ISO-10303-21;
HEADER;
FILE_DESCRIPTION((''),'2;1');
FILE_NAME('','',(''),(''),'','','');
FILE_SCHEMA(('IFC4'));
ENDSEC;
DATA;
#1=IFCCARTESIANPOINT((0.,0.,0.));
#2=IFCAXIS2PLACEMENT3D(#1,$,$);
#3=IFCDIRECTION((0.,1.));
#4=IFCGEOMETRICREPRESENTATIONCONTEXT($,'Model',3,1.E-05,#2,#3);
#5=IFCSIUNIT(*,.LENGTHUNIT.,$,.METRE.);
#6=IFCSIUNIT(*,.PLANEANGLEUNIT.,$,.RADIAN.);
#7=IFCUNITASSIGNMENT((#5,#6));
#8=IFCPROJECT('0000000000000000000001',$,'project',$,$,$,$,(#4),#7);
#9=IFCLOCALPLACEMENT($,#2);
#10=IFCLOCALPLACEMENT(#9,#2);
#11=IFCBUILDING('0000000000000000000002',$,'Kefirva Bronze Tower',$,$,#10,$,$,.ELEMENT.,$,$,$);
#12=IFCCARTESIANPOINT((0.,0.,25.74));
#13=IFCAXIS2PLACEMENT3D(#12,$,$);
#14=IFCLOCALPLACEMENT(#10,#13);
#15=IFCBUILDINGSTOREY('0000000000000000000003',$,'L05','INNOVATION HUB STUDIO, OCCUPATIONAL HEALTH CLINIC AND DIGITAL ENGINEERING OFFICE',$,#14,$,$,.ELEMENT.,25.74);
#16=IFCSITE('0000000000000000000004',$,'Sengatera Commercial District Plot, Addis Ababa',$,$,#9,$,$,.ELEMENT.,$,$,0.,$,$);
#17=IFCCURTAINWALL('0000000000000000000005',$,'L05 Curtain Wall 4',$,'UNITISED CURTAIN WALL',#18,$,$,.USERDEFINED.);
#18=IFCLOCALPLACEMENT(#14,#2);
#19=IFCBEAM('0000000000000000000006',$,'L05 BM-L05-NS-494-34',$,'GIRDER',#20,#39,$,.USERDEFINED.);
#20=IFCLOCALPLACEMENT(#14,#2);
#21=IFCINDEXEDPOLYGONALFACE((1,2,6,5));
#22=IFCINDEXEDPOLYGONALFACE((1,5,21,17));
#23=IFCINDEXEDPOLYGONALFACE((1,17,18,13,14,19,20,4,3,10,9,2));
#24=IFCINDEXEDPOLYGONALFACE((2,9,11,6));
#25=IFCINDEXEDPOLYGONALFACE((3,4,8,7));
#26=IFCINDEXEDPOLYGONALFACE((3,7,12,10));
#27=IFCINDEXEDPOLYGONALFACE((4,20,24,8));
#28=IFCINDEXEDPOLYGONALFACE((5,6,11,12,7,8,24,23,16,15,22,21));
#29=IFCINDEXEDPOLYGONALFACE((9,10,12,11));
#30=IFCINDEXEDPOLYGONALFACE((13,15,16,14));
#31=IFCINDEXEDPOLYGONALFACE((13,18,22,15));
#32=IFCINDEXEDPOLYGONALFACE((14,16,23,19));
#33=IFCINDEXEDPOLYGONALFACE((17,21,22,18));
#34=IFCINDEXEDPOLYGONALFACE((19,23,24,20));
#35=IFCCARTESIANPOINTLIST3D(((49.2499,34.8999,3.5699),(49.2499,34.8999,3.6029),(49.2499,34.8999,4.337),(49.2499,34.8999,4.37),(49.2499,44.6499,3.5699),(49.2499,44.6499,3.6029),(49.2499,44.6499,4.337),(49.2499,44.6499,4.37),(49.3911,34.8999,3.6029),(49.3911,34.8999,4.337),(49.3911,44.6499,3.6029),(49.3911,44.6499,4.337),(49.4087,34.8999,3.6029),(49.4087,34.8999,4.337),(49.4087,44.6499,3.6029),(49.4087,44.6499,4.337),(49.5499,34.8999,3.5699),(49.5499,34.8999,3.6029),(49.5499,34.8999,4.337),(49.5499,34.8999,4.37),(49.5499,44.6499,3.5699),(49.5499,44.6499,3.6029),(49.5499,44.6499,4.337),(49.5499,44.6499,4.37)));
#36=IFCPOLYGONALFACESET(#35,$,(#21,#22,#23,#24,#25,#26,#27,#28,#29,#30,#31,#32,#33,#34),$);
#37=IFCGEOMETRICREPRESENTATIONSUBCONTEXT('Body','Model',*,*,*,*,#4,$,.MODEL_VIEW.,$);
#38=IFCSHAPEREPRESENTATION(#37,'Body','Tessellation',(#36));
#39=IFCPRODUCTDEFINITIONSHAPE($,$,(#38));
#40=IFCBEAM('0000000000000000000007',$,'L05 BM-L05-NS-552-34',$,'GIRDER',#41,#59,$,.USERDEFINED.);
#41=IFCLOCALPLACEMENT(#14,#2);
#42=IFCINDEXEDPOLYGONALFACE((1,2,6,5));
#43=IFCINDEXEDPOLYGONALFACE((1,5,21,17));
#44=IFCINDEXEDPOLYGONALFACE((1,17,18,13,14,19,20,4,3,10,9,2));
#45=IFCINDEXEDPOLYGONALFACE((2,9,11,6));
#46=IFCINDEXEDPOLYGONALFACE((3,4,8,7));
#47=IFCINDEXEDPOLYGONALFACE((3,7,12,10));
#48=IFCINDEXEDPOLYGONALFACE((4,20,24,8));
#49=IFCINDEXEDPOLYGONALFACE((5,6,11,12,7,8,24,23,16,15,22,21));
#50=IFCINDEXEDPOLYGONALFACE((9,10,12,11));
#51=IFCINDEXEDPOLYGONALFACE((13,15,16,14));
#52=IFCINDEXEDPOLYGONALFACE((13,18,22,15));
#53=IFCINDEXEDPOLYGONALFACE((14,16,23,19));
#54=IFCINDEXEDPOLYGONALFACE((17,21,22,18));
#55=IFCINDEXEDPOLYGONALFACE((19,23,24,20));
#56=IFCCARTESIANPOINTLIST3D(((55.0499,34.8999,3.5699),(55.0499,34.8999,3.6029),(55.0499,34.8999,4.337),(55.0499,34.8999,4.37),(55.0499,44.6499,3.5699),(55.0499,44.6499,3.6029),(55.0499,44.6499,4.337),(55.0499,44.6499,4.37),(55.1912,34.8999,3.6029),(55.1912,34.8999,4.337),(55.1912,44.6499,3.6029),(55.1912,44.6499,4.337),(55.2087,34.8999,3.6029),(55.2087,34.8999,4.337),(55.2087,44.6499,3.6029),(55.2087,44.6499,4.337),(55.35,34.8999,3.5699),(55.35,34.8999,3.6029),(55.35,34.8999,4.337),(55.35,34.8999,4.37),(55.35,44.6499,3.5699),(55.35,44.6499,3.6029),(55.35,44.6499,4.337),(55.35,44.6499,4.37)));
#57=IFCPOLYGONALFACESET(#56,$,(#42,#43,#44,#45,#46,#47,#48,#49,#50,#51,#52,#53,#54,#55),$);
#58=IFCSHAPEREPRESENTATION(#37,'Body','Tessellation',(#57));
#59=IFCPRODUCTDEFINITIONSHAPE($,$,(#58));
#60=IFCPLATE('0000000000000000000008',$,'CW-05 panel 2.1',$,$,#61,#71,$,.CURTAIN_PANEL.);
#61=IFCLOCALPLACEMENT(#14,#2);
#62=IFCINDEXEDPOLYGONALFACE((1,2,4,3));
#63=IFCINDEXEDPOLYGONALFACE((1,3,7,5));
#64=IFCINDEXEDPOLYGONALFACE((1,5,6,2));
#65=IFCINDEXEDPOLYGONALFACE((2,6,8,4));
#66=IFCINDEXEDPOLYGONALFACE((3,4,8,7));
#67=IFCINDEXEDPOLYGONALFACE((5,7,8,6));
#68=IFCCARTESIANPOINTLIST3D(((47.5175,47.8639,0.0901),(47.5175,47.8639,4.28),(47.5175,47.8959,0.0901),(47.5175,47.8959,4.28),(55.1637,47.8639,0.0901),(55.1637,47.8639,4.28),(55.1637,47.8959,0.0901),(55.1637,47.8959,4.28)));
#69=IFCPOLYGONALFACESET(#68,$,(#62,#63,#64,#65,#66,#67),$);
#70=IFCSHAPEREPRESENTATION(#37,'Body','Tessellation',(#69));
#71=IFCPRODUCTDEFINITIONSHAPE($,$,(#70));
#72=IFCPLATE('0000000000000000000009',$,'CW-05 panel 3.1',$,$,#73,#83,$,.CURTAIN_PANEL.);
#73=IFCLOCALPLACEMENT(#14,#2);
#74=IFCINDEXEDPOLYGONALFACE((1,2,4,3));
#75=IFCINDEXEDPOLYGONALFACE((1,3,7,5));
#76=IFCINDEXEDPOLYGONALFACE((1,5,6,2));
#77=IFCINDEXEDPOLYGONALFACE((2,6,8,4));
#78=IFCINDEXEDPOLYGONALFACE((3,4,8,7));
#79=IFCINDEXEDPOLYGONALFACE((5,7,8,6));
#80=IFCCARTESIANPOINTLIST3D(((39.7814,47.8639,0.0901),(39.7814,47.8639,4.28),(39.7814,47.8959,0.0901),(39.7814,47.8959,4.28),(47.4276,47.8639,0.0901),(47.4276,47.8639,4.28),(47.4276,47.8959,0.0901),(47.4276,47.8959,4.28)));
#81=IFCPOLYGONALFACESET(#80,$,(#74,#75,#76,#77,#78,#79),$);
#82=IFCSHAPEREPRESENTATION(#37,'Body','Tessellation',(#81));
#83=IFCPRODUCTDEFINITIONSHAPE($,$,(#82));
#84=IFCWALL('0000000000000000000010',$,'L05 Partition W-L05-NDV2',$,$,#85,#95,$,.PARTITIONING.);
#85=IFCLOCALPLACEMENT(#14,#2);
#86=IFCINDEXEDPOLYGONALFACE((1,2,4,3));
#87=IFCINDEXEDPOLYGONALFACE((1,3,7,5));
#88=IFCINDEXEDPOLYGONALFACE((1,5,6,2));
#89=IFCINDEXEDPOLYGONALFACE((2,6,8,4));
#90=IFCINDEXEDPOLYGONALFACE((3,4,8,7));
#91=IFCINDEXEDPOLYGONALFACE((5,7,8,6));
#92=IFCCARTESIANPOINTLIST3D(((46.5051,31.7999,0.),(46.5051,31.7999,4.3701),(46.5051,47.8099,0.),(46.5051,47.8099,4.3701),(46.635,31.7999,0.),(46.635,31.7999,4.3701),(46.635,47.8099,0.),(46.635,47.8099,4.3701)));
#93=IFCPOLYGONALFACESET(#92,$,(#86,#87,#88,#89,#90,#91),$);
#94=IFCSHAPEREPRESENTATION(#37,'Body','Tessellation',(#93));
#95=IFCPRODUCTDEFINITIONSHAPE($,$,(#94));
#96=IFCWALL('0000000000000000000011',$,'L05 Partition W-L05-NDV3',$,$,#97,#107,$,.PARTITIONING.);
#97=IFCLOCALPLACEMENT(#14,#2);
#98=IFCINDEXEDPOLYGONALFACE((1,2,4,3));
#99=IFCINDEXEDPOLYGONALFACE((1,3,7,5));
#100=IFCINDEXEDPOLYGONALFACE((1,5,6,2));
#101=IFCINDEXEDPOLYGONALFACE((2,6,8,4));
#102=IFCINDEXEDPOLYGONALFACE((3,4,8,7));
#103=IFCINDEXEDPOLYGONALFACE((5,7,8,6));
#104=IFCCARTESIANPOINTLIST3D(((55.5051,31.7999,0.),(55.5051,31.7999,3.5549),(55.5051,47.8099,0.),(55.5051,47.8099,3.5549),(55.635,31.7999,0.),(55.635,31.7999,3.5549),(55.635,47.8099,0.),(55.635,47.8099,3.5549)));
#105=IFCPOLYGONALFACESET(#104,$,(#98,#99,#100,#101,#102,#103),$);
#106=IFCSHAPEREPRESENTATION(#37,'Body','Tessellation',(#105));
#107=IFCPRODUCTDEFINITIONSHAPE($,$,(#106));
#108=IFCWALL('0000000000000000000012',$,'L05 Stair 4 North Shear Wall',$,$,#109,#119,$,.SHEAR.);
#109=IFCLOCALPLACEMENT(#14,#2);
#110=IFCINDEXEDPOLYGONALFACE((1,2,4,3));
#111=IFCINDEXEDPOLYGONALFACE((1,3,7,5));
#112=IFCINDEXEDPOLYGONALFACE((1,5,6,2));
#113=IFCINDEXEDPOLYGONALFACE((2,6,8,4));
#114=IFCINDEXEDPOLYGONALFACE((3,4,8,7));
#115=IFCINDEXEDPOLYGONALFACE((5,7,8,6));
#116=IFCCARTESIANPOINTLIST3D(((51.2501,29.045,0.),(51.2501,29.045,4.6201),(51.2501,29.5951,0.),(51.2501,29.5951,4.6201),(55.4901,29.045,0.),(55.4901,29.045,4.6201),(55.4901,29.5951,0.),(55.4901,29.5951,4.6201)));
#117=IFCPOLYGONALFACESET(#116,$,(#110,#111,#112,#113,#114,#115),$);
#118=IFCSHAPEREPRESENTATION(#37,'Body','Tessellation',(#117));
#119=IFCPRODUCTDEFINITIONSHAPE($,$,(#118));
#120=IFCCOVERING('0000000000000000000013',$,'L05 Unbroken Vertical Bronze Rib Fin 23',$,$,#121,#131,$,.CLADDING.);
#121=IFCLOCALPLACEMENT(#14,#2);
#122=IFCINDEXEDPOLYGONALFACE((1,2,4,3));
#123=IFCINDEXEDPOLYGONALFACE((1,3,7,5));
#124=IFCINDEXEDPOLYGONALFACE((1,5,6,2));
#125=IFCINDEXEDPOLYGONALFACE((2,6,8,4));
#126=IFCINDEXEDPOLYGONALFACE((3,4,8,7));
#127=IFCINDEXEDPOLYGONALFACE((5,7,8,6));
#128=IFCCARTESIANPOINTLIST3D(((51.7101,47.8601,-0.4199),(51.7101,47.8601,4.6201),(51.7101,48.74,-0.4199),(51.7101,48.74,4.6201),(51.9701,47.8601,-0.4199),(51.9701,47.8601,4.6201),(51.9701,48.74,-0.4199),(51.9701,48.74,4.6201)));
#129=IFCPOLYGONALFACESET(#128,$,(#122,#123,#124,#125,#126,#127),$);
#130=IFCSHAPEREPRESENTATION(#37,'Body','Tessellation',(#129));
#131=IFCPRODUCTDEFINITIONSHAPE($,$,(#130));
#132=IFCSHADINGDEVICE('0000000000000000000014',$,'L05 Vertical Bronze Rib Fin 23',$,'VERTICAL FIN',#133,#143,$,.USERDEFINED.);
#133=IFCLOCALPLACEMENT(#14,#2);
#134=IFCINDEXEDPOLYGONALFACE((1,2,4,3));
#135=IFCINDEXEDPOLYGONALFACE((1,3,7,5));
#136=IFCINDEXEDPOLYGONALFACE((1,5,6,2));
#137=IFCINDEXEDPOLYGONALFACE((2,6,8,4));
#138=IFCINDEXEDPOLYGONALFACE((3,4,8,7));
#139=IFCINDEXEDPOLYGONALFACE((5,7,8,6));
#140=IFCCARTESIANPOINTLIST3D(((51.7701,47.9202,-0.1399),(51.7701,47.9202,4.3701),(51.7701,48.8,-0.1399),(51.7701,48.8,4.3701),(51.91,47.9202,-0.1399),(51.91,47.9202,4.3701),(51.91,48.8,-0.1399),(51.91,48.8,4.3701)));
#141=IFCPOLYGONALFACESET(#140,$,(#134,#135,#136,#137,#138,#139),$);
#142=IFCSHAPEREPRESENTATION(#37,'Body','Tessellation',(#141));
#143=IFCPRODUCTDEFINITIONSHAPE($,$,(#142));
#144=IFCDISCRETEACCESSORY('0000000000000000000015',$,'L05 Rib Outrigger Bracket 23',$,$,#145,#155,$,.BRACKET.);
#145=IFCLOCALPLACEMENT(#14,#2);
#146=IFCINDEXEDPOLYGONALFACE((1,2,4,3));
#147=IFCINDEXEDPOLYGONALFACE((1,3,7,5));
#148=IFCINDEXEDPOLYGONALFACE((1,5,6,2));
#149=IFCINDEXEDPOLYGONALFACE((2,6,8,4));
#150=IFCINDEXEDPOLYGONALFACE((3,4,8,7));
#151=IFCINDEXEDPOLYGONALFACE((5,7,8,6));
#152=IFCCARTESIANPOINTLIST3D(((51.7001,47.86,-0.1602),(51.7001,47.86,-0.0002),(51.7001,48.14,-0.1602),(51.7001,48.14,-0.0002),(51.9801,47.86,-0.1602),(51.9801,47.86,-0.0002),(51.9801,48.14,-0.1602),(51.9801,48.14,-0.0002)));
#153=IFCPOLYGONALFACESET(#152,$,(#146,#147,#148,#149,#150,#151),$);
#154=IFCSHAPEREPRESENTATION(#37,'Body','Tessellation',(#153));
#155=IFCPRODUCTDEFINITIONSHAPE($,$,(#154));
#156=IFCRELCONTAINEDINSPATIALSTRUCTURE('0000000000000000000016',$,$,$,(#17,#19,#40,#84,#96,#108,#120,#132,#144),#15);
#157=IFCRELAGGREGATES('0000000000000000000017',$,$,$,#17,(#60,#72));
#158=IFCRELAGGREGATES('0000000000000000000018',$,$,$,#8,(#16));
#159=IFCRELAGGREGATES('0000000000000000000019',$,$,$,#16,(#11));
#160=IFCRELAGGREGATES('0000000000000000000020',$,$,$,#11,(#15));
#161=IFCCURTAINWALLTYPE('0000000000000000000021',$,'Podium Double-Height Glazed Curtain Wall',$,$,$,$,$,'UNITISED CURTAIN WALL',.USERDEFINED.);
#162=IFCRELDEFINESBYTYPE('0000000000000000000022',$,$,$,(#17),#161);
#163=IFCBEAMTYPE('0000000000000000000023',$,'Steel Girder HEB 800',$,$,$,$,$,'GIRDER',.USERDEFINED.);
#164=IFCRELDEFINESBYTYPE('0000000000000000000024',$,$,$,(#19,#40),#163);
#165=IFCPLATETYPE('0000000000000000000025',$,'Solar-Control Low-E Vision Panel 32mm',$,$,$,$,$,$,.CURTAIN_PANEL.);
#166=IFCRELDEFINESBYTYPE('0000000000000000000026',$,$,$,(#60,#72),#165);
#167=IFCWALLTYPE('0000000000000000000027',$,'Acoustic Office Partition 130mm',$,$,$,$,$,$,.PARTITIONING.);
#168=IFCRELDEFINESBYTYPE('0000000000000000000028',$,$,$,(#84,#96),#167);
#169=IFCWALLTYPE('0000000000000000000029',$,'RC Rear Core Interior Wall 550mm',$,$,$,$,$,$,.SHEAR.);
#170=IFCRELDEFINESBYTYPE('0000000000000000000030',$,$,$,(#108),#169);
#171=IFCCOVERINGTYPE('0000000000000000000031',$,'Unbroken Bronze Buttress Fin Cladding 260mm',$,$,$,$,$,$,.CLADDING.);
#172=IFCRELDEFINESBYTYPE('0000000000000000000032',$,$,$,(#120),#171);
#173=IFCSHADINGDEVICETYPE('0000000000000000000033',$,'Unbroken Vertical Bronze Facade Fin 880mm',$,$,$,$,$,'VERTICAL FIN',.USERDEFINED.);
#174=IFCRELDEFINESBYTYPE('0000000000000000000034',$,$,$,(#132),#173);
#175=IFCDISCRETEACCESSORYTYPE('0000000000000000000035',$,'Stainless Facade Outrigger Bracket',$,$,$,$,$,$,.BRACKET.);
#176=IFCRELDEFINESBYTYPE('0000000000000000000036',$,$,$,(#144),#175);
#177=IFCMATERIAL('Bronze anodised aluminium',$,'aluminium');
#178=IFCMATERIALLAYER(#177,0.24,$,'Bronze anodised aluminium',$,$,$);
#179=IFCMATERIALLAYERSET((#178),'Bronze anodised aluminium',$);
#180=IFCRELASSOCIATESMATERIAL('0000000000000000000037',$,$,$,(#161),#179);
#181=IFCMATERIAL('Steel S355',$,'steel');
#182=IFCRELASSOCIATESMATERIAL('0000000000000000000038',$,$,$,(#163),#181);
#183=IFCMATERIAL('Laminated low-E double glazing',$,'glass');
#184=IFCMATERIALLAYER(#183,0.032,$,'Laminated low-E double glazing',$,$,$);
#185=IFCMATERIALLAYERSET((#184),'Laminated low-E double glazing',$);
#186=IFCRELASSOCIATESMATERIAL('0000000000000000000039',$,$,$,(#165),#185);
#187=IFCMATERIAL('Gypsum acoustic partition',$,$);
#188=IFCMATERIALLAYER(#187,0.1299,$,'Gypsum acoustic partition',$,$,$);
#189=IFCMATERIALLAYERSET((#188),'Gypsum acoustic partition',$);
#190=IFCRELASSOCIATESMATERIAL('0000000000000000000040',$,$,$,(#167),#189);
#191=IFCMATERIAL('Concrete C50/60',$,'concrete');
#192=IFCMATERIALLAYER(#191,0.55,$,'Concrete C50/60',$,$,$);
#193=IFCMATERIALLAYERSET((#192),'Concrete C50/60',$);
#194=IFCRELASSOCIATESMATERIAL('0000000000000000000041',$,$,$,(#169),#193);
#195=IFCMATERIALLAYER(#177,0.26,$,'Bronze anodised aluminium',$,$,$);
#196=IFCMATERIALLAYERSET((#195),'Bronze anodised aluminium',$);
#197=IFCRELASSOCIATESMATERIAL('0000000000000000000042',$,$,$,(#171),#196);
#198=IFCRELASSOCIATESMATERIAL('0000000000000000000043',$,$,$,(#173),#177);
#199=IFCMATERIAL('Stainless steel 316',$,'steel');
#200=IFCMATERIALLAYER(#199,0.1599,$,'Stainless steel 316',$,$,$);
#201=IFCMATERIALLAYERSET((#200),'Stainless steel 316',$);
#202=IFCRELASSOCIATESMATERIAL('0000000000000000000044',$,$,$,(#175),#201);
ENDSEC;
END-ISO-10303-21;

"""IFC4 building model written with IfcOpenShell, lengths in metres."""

from ifc_helpers import new_model, si_unit, direction, frame, frame_2d, origin, origin_2d, place, context, subcontext, project, spatial, rectangle, i_section, extrude, material, layer, layer_set, material_profile, profile_set, type_object, element, aggregate, save


model = new_model("IFC4")

# Units and contexts
model_context = context("Model", 3, precision=1e-05, world=origin(), true_north=direction((0.0, 1.0)))
body_context = subcontext(model_context, "Body", "Model", "MODEL_VIEW")
ifc_project = project(units=[si_unit("LENGTHUNIT", "METRE"), si_unit("PLANEANGLEUNIT", "RADIAN")], contexts=[model_context])

# Site, building, storey
site_placement = place(None, origin())
site = spatial("IfcSite", under=ifc_project, at=site_placement, Name="Sengatera Commercial District Plot, Addis Ababa", CompositionType="ELEMENT", RefElevation=0.0)
building_placement = place(site_placement, origin())
building = spatial("IfcBuilding", under=site, at=building_placement, Name="Kefirva Bronze Tower", CompositionType="ELEMENT")
storey_placement = place(building_placement, frame((0.0, 0.0, 25.74)))
storey = spatial("IfcBuildingStorey", under=building, at=storey_placement, Name="L05", Description="INNOVATION HUB STUDIO, OCCUPATIONAL HEALTH CLINIC AND DIGITAL ENGINEERING OFFICE", CompositionType="ELEMENT", Elevation=25.74)

# Curtain wall
ifc_material_1 = material(Name="Bronze anodised aluminium", Category="aluminium")
ifc_layer_1 = layer(ifc_material_1, 0.24, Name="Bronze anodised aluminium")
ifc_layer_set_1 = layer_set([ifc_layer_1], Name="Bronze anodised aluminium")
curtain_wall_type = type_object("IfcCurtainWallType", Name="Podium Double-Height Glazed Curtain Wall", ElementType="UNITISED CURTAIN WALL", PredefinedType="USERDEFINED", material=ifc_layer_set_1)
curtain_wall_placement = place(storey_placement, origin())
curtain_wall = element("IfcCurtainWall", 1, at=curtain_wall_placement, inside=storey, type_object=curtain_wall_type, Name="L05 Curtain Wall 4", ObjectType="UNITISED CURTAIN WALL", PredefinedType="USERDEFINED")

# Beams
ifc_material_2 = material(Name="Steel S355", Category="steel")
ifc_material_profile_1 = material_profile(ifc_material_2, i_section(OverallWidth=0.3, OverallDepth=0.8, WebThickness=0.0176, FlangeThickness=0.033, at=origin_2d()), Name="HEB 800")
ifc_profile_set_1 = profile_set([ifc_material_profile_1], Name="Steel S355")
beam_type_1 = type_object("IfcBeamType", Name="Steel Girder HEB 800", ElementType="GIRDER", PredefinedType="USERDEFINED", material=ifc_profile_set_1)
for number, where, z_axis, x_axis, name in (
    (2, (49.3999, 34.8999, 3.97), (0.0, 1.0, 0.0), (-1.0, 0.0, 0.0), "L05 BM-L05-NS-494-34"),
    (3, (55.2, 34.8999, 3.97), (0.0, 1.0, 0.0), (-1.0, 0.0, 0.0), "L05 BM-L05-NS-552-34"),
):
    element("IfcBeam", number, at=place(storey_placement, frame(where, z_axis=z_axis, x_axis=x_axis)), inside=storey, type_object=beam_type_1, Name=name, ObjectType="GIRDER", PredefinedType="USERDEFINED", context=body_context, shape_type="SweptSolid", body=[
        extrude(i_section(OverallWidth=0.3, OverallDepth=0.8, WebThickness=0.0176, FlangeThickness=0.033, at=origin_2d()), origin(), (0.0, 0.0, 1.0), 9.75),
    ])

# Plates
ifc_material_3 = material(Name="Laminated low-E double glazing", Category="glass")
ifc_layer_2 = layer(ifc_material_3, 0.032, Name="Laminated low-E double glazing")
ifc_layer_set_2 = layer_set([ifc_layer_2], Name="Laminated low-E double glazing")
plate_type = type_object("IfcPlateType", Name="Solar-Control Low-E Vision Panel 32mm", PredefinedType="CURTAIN_PANEL", material=ifc_layer_set_2)
plate_1_placement = place(storey_placement, frame((51.3406, 47.8799, 0.0901), z_axis=(0.0, 0.0, 1.0), x_axis=(-1.0, 0.0, 0.0)))
plate_1 = element("IfcPlate", 4, at=plate_1_placement, type_object=plate_type, Name="CW-05 panel 2.1", PredefinedType="CURTAIN_PANEL", context=body_context, shape_type="SweptSolid", body=[
    extrude(rectangle(XDim=7.6462, YDim=0.032, at=origin_2d()), origin(), (0.0, 0.0, 1.0), 4.1899),
])
plate_2_placement = place(storey_placement, frame((43.6045, 47.8799, 0.0901), z_axis=(0.0, 0.0, 1.0), x_axis=(-1.0, 0.0, 0.0)))
plate_2 = element("IfcPlate", 5, at=plate_2_placement, type_object=plate_type, Name="CW-05 panel 3.1", PredefinedType="CURTAIN_PANEL", context=body_context, shape_type="SweptSolid", body=[
    extrude(rectangle(XDim=7.6462, YDim=0.032, at=origin_2d()), origin(), (0.0, 0.0, 1.0), 4.1899),
])
aggregate(curtain_wall, [plate_1, plate_2])

# Walls
ifc_material_4 = material(Name="Gypsum acoustic partition")
ifc_layer_3 = layer(ifc_material_4, 0.1299, Name="Gypsum acoustic partition")
ifc_layer_set_3 = layer_set([ifc_layer_3], Name="Gypsum acoustic partition")
wall_type_1 = type_object("IfcWallType", Name="Acoustic Office Partition 130mm", PredefinedType="PARTITIONING", material=ifc_layer_set_3)
wall_1_placement = place(storey_placement, frame((46.5701, 31.8, 0.0), z_axis=(0.0, 0.0, 1.0), x_axis=(0.0, 1.0, 0.0)))
element("IfcWall", 6, at=wall_1_placement, inside=storey, type_object=wall_type_1, Name="L05 Partition W-L05-NDV2", PredefinedType="PARTITIONING", context=body_context, shape_type="SweptSolid", body=[
    extrude(rectangle(XDim=16.01, YDim=0.1299, at=frame_2d((8.0049, 0.0))), origin(), (0.0, 0.0, 1.0), 4.3701),
])
wall_2_placement = place(storey_placement, frame((55.5701, 31.8, 0.0), z_axis=(0.0, 0.0, 1.0), x_axis=(0.0, 1.0, 0.0)))
element("IfcWall", 7, at=wall_2_placement, inside=storey, type_object=wall_type_1, Name="L05 Partition W-L05-NDV3", PredefinedType="PARTITIONING", context=body_context, shape_type="SweptSolid", body=[
    extrude(rectangle(XDim=16.01, YDim=0.1299, at=frame_2d((8.0049, 0.0))), origin(), (0.0, 0.0, 1.0), 3.5549),
])
ifc_material_5 = material(Name="Concrete C50/60", Category="concrete")
ifc_layer_4 = layer(ifc_material_5, 0.55, Name="Concrete C50/60")
ifc_layer_set_4 = layer_set([ifc_layer_4], Name="Concrete C50/60")
wall_type_2 = type_object("IfcWallType", Name="RC Rear Core Interior Wall 550mm", PredefinedType="SHEAR", material=ifc_layer_set_4)
wall_3_placement = place(storey_placement, frame((51.25, 29.3201, 0.0), z_axis=(0.0, 0.0, 1.0), x_axis=(1.0, 0.0, 0.0)))
element("IfcWall", 8, at=wall_3_placement, inside=storey, type_object=wall_type_2, Name="L05 Stair 4 North Shear Wall", PredefinedType="SHEAR", context=body_context, shape_type="SweptSolid", body=[
    extrude(rectangle(XDim=4.24, YDim=0.55, at=frame_2d((2.1201, 0.0))), origin(), (0.0, 0.0, 1.0), 4.6201),
])

# Covering
ifc_layer_5 = layer(ifc_material_1, 0.26, Name="Bronze anodised aluminium")
ifc_layer_set_5 = layer_set([ifc_layer_5], Name="Bronze anodised aluminium")
covering_type = type_object("IfcCoveringType", Name="Unbroken Bronze Buttress Fin Cladding 260mm", PredefinedType="CLADDING", material=ifc_layer_set_5)
covering_placement = place(storey_placement, frame((51.8401, 48.3, -0.4199), z_axis=(0.0, 0.0, 1.0), x_axis=(-1.0, 0.0, 0.0)))
element("IfcCovering", 9, at=covering_placement, inside=storey, type_object=covering_type, Name="L05 Unbroken Vertical Bronze Rib Fin 23", PredefinedType="CLADDING", context=body_context, shape_type="SweptSolid", body=[
    extrude(rectangle(XDim=0.26, YDim=0.8799, at=origin_2d()), origin(), (0.0, 0.0, 1.0), 5.04),
])

# Shading device
ifc_material_profile_2 = material_profile(ifc_material_1, rectangle(XDim=0.1399, YDim=0.8799, at=origin_2d()), Name="BRONZE FIN 140x880")
ifc_profile_set_2 = profile_set([ifc_material_profile_2], Name="Bronze anodised aluminium")
shading_device_type = type_object("IfcShadingDeviceType", Name="Unbroken Vertical Bronze Facade Fin 880mm", ElementType="VERTICAL FIN", PredefinedType="USERDEFINED", material=ifc_profile_set_2)
shading_device_placement = place(storey_placement, frame((51.8401, 48.3601, -0.1399), z_axis=(0.0, 0.0, 1.0), x_axis=(-1.0, 0.0, 0.0)))
element("IfcShadingDevice", 10, at=shading_device_placement, inside=storey, type_object=shading_device_type, Name="L05 Vertical Bronze Rib Fin 23", ObjectType="VERTICAL FIN", PredefinedType="USERDEFINED", context=body_context, shape_type="SweptSolid", body=[
    extrude(rectangle(XDim=0.1399, YDim=0.8799, at=origin_2d()), origin(), (0.0, 0.0, 1.0), 4.51),
])

# Discrete accessory
ifc_material_6 = material(Name="Stainless steel 316", Category="steel")
ifc_layer_6 = layer(ifc_material_6, 0.1599, Name="Stainless steel 316")
ifc_layer_set_6 = layer_set([ifc_layer_6], Name="Stainless steel 316")
discrete_accessory_type = type_object("IfcDiscreteAccessoryType", Name="Stainless Facade Outrigger Bracket", PredefinedType="BRACKET", material=ifc_layer_set_6)
discrete_accessory_placement = place(storey_placement, frame((51.8401, 48.0, -0.1602), z_axis=(0.0, 0.0, 1.0), x_axis=(-1.0, 0.0, 0.0)))
element("IfcDiscreteAccessory", 11, at=discrete_accessory_placement, inside=storey, type_object=discrete_accessory_type, Name="L05 Rib Outrigger Bracket 23", PredefinedType="BRACKET", context=body_context, shape_type="SweptSolid", body=[
    extrude(rectangle(XDim=0.28, YDim=0.28, at=origin_2d()), origin(), (0.0, 0.0, 1.0), 0.1599),
])

save(model, "model.ifc")
